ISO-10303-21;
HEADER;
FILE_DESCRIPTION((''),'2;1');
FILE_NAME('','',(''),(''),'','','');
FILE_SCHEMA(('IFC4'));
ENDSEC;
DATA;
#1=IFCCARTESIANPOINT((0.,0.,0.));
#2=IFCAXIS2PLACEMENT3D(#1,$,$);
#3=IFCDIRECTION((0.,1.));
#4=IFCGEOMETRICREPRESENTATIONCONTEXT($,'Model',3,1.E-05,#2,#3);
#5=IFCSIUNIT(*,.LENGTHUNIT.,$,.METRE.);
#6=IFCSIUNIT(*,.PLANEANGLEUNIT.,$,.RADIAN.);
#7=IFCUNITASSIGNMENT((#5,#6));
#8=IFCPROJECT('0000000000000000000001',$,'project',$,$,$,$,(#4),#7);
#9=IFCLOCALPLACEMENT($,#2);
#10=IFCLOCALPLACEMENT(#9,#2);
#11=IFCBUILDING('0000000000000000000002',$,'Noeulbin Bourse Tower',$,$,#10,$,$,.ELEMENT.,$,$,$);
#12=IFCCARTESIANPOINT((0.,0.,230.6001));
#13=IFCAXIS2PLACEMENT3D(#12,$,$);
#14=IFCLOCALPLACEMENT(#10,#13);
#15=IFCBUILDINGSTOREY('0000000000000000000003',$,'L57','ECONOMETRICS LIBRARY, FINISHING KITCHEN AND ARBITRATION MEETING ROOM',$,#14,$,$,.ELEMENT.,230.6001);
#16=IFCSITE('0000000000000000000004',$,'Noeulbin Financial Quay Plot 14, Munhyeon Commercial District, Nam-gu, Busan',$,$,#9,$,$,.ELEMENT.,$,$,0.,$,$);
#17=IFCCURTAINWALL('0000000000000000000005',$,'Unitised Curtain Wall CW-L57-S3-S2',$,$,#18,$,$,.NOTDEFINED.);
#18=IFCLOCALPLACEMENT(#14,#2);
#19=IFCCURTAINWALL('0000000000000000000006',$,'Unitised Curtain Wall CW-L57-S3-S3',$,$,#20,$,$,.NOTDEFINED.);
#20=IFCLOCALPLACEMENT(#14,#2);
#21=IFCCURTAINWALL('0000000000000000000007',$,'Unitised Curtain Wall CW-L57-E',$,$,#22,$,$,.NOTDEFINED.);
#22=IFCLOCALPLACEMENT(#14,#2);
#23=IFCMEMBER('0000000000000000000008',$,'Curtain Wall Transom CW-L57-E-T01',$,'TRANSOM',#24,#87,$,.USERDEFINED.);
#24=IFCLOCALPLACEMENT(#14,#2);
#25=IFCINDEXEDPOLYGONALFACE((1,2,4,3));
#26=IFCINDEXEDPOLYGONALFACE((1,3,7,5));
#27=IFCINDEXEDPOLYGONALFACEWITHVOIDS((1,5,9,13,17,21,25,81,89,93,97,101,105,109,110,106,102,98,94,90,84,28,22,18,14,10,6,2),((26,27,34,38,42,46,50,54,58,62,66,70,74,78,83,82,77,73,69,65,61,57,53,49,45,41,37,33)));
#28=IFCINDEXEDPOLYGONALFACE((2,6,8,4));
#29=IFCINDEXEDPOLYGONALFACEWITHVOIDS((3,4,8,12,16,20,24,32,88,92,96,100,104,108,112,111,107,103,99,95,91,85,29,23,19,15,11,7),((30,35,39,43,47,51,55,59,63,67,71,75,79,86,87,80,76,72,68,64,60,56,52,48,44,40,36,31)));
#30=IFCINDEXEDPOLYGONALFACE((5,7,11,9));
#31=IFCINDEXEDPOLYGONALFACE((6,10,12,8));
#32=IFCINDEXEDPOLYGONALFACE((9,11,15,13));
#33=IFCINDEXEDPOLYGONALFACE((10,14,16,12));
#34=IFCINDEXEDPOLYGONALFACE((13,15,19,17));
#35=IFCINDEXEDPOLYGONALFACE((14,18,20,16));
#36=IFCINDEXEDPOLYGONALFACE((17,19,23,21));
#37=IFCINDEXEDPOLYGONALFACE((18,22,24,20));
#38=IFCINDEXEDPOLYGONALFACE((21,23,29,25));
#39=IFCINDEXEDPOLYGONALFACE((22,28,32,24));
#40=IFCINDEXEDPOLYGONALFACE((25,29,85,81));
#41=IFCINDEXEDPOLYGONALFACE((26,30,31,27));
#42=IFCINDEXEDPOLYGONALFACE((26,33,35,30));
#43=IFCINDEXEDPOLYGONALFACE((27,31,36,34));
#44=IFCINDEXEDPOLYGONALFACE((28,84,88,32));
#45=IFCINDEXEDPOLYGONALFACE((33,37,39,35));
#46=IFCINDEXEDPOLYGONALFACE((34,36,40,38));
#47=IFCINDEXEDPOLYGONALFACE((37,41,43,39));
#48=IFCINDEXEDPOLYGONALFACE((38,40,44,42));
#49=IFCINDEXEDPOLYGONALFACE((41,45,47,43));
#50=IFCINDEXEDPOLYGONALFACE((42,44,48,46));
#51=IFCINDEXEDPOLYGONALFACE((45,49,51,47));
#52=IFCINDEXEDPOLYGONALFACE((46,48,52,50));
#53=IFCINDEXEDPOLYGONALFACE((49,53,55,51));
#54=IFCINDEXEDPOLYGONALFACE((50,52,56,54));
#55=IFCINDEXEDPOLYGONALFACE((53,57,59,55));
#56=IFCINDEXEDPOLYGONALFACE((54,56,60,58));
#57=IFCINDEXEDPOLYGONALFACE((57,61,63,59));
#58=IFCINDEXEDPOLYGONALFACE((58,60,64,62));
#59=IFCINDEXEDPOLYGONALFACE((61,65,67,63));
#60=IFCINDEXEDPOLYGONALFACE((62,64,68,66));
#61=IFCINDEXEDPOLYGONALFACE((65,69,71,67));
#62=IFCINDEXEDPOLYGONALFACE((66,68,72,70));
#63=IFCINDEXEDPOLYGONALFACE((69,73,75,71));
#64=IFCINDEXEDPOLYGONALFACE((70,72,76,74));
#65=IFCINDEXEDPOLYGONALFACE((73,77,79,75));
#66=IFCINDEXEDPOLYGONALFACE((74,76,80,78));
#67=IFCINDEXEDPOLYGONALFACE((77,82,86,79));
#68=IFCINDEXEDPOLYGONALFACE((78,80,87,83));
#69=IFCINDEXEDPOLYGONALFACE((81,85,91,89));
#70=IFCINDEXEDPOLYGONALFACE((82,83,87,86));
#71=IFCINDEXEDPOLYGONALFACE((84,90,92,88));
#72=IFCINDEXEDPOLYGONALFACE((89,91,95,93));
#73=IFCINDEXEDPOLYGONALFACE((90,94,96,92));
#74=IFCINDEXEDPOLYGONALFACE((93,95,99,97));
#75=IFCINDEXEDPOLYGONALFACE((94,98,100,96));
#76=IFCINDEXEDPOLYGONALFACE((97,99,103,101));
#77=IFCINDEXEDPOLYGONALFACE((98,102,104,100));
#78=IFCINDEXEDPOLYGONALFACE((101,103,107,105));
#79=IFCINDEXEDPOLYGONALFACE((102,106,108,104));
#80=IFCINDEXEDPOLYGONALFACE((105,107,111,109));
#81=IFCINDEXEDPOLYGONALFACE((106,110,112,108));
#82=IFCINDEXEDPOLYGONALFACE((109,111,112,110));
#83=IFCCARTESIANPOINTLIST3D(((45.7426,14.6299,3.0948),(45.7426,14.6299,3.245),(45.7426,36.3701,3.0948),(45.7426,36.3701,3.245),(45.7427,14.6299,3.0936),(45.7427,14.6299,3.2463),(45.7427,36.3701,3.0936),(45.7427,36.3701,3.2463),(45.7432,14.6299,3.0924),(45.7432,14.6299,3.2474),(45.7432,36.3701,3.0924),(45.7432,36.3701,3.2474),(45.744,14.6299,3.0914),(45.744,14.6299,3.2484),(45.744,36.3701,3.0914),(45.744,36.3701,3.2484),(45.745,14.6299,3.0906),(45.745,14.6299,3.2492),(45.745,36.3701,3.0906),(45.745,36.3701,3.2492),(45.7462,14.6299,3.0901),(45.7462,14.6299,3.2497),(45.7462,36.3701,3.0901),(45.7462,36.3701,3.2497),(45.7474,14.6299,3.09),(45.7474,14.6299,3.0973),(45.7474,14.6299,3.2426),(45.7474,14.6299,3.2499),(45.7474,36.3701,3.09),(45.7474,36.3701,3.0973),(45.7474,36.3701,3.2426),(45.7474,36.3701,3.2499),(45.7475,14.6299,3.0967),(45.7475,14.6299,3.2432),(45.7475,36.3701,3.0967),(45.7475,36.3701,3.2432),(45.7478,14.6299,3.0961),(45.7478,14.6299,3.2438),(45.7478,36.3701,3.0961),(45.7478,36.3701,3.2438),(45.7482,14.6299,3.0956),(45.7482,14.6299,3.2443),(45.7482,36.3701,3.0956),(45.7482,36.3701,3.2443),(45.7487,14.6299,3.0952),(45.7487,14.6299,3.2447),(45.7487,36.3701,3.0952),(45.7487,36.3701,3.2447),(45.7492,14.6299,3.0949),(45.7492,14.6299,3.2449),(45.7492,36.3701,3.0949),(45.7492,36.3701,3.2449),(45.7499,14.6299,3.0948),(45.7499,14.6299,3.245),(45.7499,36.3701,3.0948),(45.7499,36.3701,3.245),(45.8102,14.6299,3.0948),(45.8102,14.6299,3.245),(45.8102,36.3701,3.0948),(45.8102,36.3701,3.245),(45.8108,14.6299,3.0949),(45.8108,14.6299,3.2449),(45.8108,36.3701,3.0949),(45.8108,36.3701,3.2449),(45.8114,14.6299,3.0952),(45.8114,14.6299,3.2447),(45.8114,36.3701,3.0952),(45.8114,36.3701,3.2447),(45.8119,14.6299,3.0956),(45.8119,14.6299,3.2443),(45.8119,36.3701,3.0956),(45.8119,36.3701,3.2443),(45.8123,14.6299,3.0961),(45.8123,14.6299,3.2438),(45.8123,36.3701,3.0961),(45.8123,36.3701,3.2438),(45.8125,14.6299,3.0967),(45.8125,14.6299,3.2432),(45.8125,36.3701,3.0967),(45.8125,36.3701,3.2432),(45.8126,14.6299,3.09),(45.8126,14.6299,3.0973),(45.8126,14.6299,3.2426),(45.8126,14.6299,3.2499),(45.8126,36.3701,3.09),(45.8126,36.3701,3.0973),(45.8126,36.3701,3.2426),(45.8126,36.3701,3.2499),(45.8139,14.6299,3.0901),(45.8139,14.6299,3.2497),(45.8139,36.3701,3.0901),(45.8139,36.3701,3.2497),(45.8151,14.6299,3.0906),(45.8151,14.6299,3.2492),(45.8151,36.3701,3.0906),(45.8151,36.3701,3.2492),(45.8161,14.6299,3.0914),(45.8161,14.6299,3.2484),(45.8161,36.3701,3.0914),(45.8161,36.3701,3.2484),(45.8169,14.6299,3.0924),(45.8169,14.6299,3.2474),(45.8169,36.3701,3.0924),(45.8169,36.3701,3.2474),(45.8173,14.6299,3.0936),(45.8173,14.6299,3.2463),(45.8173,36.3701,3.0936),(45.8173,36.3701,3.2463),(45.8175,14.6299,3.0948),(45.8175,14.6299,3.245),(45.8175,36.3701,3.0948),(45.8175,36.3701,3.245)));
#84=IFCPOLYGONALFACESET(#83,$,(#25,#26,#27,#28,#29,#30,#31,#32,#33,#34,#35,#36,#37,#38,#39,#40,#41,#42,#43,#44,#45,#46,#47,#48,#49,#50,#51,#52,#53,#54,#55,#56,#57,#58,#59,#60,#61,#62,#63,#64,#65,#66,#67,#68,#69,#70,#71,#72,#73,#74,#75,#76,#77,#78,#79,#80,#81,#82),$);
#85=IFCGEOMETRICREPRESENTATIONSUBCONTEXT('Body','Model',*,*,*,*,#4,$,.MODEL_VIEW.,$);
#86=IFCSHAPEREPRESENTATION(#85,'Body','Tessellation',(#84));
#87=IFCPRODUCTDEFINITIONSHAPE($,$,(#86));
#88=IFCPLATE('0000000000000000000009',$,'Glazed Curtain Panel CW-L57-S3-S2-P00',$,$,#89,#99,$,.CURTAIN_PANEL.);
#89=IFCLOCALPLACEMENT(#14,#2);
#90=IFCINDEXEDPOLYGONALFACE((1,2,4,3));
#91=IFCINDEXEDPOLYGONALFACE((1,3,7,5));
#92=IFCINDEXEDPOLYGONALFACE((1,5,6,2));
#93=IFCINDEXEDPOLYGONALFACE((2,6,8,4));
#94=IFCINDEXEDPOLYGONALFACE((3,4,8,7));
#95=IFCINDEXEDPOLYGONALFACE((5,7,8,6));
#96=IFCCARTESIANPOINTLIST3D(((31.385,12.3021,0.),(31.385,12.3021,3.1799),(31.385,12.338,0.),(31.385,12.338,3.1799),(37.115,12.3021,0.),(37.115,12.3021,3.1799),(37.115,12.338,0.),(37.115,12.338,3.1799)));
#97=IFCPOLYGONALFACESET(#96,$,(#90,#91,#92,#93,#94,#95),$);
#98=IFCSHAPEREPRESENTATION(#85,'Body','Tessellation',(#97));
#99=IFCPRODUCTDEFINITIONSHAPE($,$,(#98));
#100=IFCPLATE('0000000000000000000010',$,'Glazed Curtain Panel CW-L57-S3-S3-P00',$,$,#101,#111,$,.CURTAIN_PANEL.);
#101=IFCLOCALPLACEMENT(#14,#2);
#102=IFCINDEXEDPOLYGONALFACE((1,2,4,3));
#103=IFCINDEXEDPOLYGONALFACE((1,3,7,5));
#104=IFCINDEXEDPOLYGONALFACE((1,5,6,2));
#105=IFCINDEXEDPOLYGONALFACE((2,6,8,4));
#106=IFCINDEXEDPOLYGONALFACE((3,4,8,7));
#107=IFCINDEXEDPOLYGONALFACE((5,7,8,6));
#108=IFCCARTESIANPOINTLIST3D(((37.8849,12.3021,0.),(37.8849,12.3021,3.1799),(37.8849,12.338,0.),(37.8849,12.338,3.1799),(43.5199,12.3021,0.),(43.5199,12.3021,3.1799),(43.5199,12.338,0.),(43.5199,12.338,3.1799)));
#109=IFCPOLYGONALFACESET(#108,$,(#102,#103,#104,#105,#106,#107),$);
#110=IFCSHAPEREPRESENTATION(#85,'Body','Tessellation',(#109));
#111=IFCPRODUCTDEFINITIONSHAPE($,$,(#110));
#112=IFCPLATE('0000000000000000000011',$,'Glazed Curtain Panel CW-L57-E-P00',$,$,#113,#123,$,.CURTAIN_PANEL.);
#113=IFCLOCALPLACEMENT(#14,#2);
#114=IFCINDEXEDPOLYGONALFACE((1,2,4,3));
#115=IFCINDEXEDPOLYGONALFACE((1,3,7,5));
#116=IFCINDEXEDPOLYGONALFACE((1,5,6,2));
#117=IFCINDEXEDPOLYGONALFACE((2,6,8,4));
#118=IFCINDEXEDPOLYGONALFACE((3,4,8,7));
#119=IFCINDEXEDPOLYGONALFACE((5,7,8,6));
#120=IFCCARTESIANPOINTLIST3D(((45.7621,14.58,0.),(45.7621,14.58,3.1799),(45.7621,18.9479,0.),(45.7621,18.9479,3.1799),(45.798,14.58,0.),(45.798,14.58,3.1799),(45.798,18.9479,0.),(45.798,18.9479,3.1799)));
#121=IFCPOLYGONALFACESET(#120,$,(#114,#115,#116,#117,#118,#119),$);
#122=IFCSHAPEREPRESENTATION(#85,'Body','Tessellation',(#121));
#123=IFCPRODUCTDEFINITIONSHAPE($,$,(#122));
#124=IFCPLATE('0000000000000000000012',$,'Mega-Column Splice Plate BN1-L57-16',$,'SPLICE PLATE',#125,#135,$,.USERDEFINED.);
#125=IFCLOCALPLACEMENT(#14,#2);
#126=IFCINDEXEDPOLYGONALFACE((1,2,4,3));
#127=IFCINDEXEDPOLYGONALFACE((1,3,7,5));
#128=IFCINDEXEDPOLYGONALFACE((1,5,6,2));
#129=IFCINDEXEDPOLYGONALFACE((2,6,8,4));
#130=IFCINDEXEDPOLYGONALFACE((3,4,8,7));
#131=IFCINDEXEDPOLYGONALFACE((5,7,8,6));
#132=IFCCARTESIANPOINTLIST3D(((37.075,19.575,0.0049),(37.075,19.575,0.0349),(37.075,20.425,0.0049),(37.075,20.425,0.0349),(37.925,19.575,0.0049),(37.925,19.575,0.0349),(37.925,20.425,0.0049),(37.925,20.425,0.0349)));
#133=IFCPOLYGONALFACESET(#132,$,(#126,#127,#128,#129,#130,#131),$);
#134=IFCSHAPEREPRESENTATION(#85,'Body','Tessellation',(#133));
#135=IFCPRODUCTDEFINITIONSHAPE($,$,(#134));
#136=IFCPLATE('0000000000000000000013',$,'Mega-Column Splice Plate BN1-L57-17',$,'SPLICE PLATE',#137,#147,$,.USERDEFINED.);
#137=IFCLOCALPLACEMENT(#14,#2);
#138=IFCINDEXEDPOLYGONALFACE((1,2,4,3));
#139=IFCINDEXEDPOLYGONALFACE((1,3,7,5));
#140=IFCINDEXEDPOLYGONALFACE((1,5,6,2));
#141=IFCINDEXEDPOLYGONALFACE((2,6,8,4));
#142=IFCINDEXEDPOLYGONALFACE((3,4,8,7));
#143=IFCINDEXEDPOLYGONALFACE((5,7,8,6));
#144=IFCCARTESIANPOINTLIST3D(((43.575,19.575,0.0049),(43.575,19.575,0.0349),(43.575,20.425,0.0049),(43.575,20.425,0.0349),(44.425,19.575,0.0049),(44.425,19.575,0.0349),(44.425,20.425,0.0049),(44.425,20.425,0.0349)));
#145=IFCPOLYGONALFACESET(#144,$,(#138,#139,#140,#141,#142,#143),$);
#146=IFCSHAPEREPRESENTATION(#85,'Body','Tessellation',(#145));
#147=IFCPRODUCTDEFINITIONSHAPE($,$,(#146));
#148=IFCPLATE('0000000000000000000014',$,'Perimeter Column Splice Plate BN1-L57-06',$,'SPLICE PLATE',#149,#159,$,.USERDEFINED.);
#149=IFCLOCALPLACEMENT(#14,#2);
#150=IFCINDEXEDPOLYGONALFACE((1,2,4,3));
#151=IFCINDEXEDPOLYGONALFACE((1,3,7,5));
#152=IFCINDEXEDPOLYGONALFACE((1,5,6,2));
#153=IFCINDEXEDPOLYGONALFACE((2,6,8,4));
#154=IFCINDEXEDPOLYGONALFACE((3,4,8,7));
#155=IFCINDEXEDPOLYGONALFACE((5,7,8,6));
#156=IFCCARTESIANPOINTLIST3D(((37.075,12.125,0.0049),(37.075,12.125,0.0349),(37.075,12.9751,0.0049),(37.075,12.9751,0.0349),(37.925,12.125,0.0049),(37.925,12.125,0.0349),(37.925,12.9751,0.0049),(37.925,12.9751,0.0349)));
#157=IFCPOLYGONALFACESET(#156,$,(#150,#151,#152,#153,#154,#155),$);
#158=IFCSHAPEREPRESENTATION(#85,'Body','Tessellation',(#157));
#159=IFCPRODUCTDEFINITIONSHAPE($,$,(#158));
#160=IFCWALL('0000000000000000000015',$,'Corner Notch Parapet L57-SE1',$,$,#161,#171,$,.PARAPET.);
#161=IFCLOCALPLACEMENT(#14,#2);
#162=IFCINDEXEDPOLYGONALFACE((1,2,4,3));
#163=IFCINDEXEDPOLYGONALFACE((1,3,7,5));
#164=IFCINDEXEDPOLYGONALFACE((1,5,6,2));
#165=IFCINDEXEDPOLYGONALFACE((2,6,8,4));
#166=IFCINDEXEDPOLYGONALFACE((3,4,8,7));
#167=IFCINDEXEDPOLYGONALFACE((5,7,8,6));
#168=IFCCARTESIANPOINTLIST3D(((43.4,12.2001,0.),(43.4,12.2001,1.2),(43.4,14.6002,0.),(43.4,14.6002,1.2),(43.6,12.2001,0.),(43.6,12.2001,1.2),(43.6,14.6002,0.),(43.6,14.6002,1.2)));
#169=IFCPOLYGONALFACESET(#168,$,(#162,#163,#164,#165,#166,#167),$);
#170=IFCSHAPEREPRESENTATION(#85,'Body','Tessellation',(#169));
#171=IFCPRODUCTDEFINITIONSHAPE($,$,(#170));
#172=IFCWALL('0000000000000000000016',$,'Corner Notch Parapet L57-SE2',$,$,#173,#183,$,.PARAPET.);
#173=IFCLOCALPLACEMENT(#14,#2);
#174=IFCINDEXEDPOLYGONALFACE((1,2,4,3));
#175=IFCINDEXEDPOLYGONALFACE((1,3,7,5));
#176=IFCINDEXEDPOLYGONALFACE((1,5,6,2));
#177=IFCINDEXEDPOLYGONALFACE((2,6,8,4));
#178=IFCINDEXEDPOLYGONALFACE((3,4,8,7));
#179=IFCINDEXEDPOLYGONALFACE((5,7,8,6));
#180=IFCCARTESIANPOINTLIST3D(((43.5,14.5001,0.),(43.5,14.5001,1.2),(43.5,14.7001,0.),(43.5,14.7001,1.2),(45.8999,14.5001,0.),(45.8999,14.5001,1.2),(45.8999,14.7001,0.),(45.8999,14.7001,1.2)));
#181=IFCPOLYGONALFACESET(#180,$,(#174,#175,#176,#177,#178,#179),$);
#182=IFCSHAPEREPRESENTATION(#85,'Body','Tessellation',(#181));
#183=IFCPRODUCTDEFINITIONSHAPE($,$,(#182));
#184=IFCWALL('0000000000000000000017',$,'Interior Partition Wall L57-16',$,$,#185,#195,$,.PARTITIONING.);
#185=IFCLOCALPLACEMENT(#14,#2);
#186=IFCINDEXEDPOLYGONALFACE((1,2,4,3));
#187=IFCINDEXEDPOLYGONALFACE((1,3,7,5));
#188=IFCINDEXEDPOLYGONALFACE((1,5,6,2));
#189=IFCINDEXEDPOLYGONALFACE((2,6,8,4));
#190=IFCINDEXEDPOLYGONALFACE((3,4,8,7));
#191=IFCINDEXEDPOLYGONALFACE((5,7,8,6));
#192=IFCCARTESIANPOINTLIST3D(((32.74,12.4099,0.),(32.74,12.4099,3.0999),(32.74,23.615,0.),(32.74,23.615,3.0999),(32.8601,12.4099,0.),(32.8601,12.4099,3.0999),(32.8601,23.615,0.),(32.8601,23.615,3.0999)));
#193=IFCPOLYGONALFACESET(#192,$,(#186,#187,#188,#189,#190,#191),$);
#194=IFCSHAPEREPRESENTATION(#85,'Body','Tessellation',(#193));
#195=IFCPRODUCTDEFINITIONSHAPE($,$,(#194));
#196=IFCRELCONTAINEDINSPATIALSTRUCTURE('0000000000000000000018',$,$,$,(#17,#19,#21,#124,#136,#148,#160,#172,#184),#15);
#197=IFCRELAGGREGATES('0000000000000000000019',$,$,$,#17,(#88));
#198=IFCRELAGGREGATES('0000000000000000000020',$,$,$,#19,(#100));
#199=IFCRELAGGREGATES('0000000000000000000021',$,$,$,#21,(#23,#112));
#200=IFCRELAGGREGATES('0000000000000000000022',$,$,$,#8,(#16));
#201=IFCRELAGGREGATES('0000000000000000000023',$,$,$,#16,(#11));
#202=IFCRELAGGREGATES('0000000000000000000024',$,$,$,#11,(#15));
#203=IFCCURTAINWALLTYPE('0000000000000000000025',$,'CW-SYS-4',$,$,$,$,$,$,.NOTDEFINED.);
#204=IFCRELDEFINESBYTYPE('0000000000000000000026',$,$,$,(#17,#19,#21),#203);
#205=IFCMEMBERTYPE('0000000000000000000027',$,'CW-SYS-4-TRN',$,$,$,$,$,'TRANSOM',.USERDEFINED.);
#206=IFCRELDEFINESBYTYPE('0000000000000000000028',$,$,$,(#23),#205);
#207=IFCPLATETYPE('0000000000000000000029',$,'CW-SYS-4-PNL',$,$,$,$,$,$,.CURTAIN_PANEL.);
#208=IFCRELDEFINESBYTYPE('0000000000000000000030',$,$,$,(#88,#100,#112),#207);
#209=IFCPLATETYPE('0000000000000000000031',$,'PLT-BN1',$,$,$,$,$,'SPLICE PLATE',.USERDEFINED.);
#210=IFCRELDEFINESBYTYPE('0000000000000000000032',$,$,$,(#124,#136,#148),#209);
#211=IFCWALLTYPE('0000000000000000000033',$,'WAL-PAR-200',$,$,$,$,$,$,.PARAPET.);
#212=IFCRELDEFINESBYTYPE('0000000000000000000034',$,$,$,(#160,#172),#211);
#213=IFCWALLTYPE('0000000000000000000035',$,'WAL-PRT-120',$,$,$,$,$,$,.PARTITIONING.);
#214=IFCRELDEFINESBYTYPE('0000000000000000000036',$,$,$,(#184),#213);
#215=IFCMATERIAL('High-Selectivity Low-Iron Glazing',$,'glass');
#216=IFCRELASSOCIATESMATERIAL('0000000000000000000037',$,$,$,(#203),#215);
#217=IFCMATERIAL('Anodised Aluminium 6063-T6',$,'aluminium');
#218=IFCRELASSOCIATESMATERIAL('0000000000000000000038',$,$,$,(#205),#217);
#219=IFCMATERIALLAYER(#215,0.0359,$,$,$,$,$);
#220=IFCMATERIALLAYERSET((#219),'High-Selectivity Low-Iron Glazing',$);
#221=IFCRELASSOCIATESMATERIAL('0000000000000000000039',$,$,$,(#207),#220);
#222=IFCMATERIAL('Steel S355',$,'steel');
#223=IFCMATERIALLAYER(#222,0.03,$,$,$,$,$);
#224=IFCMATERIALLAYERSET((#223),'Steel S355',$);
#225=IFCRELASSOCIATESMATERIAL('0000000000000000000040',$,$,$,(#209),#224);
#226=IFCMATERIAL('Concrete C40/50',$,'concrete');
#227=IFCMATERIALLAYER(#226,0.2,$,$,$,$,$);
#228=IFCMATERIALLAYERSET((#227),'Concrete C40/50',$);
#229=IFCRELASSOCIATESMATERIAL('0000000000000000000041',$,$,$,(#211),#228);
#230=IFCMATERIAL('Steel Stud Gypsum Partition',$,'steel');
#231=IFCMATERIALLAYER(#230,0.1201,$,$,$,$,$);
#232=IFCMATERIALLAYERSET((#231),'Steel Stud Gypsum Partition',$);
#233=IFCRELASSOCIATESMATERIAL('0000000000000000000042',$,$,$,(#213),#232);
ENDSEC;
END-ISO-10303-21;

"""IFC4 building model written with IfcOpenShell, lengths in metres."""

from ifc_helpers import new_model, si_unit, direction, frame, frame_2d, origin, origin_2d, place, context, subcontext, project, spatial, rectangle, hollow_rectangle, extrude, material, layer, layer_set, material_profile, profile_set, type_object, element, aggregate, save


model = new_model("IFC4")

# Units and contexts
model_context = context("Model", 3, precision=1e-05, world=origin(), true_north=direction((0.0, 1.0)))
body_context = subcontext(model_context, "Body", "Model", "MODEL_VIEW")
ifc_project = project(units=[si_unit("LENGTHUNIT", "METRE"), si_unit("PLANEANGLEUNIT", "RADIAN")], contexts=[model_context])

# Site, building, storey
site_placement = place(None, origin())
site = spatial("IfcSite", under=ifc_project, at=site_placement, Name="Noeulbin Financial Quay Plot 14, Munhyeon Commercial District, Nam-gu, Busan", CompositionType="ELEMENT", RefElevation=0.0)
building_placement = place(site_placement, origin())
building = spatial("IfcBuilding", under=site, at=building_placement, Name="Noeulbin Bourse Tower", CompositionType="ELEMENT")
storey_placement = place(building_placement, frame((0.0, 0.0, 230.6001)))
storey = spatial("IfcBuildingStorey", under=building, at=storey_placement, Name="L57", Description="ECONOMETRICS LIBRARY, FINISHING KITCHEN AND ARBITRATION MEETING ROOM", CompositionType="ELEMENT", Elevation=230.6001)

# Shared definitions
ifc_material_1 = material(Name="Steel S355", Category="steel")

# Curtain walls
ifc_material_2 = material(Name="High-Selectivity Low-Iron Glazing", Category="glass")
curtain_wall_type = type_object("IfcCurtainWallType", Name="CW-SYS-4", PredefinedType="NOTDEFINED", material=ifc_material_2)
curtain_wall_1_placement = place(storey_placement, origin())
curtain_wall_1 = element("IfcCurtainWall", 1, at=curtain_wall_1_placement, inside=storey, type_object=curtain_wall_type, Name="Unitised Curtain Wall CW-L57-S3-S2", PredefinedType="NOTDEFINED")
ifc_material_3 = material(Name="Anodised Aluminium 6063-T6", Category="aluminium")
curtain_wall_2_placement = place(storey_placement, origin())
curtain_wall_2 = element("IfcCurtainWall", 2, at=curtain_wall_2_placement, inside=storey, type_object=curtain_wall_type, Name="Unitised Curtain Wall CW-L57-S3-S3", PredefinedType="NOTDEFINED")
curtain_wall_3_placement = place(storey_placement, origin())
curtain_wall_3 = element("IfcCurtainWall", 3, at=curtain_wall_3_placement, inside=storey, type_object=curtain_wall_type, Name="Unitised Curtain Wall CW-L57-E", PredefinedType="NOTDEFINED")

# Member
ifc_material_profile_1 = material_profile(ifc_material_3, hollow_rectangle(XDim=0.075, YDim=0.1599, WallThickness=0.0049, InnerFilletRadius=0.0024, OuterFilletRadius=0.0049, at=origin_2d()), Name="ALU-TRAN-75x160x5", Category="LoadBearing")
ifc_profile_set_1 = profile_set([ifc_material_profile_1], Name="Anodised Aluminium 6063-T6")
member_type_1 = type_object("IfcMemberType", Name="CW-SYS-4-TRN", ElementType="TRANSOM", PredefinedType="USERDEFINED", material=ifc_profile_set_1)
member_1_placement = place(storey_placement, frame((45.78, 14.6299, 3.1699), z_axis=(0.0, 1.0, 0.0), x_axis=(-1.0, 0.0, 0.0)))
member_1 = element("IfcMember", 4, at=member_1_placement, type_object=member_type_1, Name="Curtain Wall Transom CW-L57-E-T01", ObjectType="TRANSOM", PredefinedType="USERDEFINED", context=body_context, shape_type="SweptSolid", body=[
    extrude(hollow_rectangle(XDim=0.075, YDim=0.1599, WallThickness=0.0049, InnerFilletRadius=0.0024, OuterFilletRadius=0.0049, at=origin_2d()), origin(), (0.0, 0.0, 1.0), 21.7402),
])

# Plates
ifc_layer_1 = layer(ifc_material_2, 0.0359)
ifc_layer_set_1 = layer_set([ifc_layer_1], Name="High-Selectivity Low-Iron Glazing")
plate_type_1 = type_object("IfcPlateType", Name="CW-SYS-4-PNL", PredefinedType="CURTAIN_PANEL", material=ifc_layer_set_1)
plate_1_placement = place(storey_placement, frame((34.25, 12.3201, 0.0), z_axis=(0.0, 0.0, 1.0), x_axis=(1.0, 0.0, 0.0)))
plate_1 = element("IfcPlate", 5, at=plate_1_placement, type_object=plate_type_1, Name="Glazed Curtain Panel CW-L57-S3-S2-P00", PredefinedType="CURTAIN_PANEL", context=body_context, shape_type="SweptSolid", body=[
    extrude(rectangle(XDim=5.73, YDim=0.0359, at=origin_2d()), origin(), (0.0, 0.0, 1.0), 3.1799),
])
aggregate(curtain_wall_1, [plate_1])
plate_2_placement = place(storey_placement, frame((40.7024, 12.3201, 0.0), z_axis=(0.0, 0.0, 1.0), x_axis=(1.0, 0.0, 0.0)))
plate_2 = element("IfcPlate", 6, at=plate_2_placement, type_object=plate_type_1, Name="Glazed Curtain Panel CW-L57-S3-S3-P00", PredefinedType="CURTAIN_PANEL", context=body_context, shape_type="SweptSolid", body=[
    extrude(rectangle(XDim=5.635, YDim=0.0359, at=origin_2d()), origin(), (0.0, 0.0, 1.0), 3.1799),
])
aggregate(curtain_wall_2, [plate_2])
plate_3_placement = place(storey_placement, frame((45.78, 16.7639, 0.0), z_axis=(0.0, 0.0, 1.0), x_axis=(0.0, 1.0, 0.0)))
plate_3 = element("IfcPlate", 7, at=plate_3_placement, type_object=plate_type_1, Name="Glazed Curtain Panel CW-L57-E-P00", PredefinedType="CURTAIN_PANEL", context=body_context, shape_type="SweptSolid", body=[
    extrude(rectangle(XDim=4.3679, YDim=0.0359, at=origin_2d()), origin(), (0.0, 0.0, 1.0), 3.1799),
])
aggregate(curtain_wall_3, [member_1, plate_3])

# Plates
ifc_layer_2 = layer(ifc_material_1, 0.03)
ifc_layer_set_2 = layer_set([ifc_layer_2], Name="Steel S355")
plate_type_2 = type_object("IfcPlateType", Name="PLT-BN1", ElementType="SPLICE PLATE", PredefinedType="USERDEFINED", material=ifc_layer_set_2)
for number, where, z_axis, x_axis, name in (
    (8, (37.5, 20.0, 0.0049), (0.0, 0.0, 1.0), (1.0, 0.0, 0.0), "Mega-Column Splice Plate BN1-L57-16"),
    (9, (44.0, 20.0, 0.0049), (0.0, 0.0, 1.0), (1.0, 0.0, 0.0), "Mega-Column Splice Plate BN1-L57-17"),
    (10, (37.5, 12.55, 0.0049), (0.0, 0.0, 1.0), (1.0, 0.0, 0.0), "Perimeter Column Splice Plate BN1-L57-06"),
):
    element("IfcPlate", number, at=place(storey_placement, frame(where, z_axis=z_axis, x_axis=x_axis)), inside=storey, type_object=plate_type_2, Name=name, ObjectType="SPLICE PLATE", PredefinedType="USERDEFINED", context=body_context, shape_type="SweptSolid", body=[
        extrude(rectangle(XDim=0.8501, YDim=0.8501, at=origin_2d()), origin(), (0.0, 0.0, 1.0), 0.03),
    ])

# Walls
ifc_material_4 = material(Name="Concrete C40/50", Category="concrete")
ifc_layer_3 = layer(ifc_material_4, 0.2)
ifc_layer_set_3 = layer_set([ifc_layer_3], Name="Concrete C40/50")
wall_type_1 = type_object("IfcWallType", Name="WAL-PAR-200", PredefinedType="PARAPET", material=ifc_layer_set_3)
wall_1_placement = place(storey_placement, frame((43.5, 12.2, 0.0), z_axis=(0.0, 0.0, 1.0), x_axis=(0.0, 1.0, 0.0)))
element("IfcWall", 11, at=wall_1_placement, inside=storey, type_object=wall_type_1, Name="Corner Notch Parapet L57-SE1", PredefinedType="PARAPET", context=body_context, shape_type="SweptSolid", body=[
    extrude(rectangle(XDim=2.4001, YDim=0.2, at=frame_2d((1.2002, 0.0))), origin(), (0.0, 0.0, 1.0), 1.2),
])
wall_2_placement = place(storey_placement, frame((43.5, 14.6001, 0.0), z_axis=(0.0, 0.0, 1.0), x_axis=(1.0, 0.0, 0.0)))
element("IfcWall", 12, at=wall_2_placement, inside=storey, type_object=wall_type_1, Name="Corner Notch Parapet L57-SE2", PredefinedType="PARAPET", context=body_context, shape_type="SweptSolid", body=[
    extrude(rectangle(XDim=2.3999, YDim=0.2, at=frame_2d((1.2, 0.0))), origin(), (0.0, 0.0, 1.0), 1.2),
])
ifc_material_5 = material(Name="Steel Stud Gypsum Partition", Category="steel")
ifc_layer_4 = layer(ifc_material_5, 0.1201)
ifc_layer_set_4 = layer_set([ifc_layer_4], Name="Steel Stud Gypsum Partition")
wall_type_2 = type_object("IfcWallType", Name="WAL-PRT-120", PredefinedType="PARTITIONING", material=ifc_layer_set_4)
wall_3_placement = place(storey_placement, frame((32.8, 12.4099, 0.0), z_axis=(0.0, 0.0, 1.0), x_axis=(0.0, 1.0, 0.0)))
element("IfcWall", 13, at=wall_3_placement, inside=storey, type_object=wall_type_2, Name="Interior Partition Wall L57-16", PredefinedType="PARTITIONING", context=body_context, shape_type="SweptSolid", body=[
    extrude(rectangle(XDim=11.2051, YDim=0.1201, at=frame_2d((5.6025, 0.0))), origin(), (0.0, 0.0, 1.0), 3.0999),
])

save(model, "model.ifc")
